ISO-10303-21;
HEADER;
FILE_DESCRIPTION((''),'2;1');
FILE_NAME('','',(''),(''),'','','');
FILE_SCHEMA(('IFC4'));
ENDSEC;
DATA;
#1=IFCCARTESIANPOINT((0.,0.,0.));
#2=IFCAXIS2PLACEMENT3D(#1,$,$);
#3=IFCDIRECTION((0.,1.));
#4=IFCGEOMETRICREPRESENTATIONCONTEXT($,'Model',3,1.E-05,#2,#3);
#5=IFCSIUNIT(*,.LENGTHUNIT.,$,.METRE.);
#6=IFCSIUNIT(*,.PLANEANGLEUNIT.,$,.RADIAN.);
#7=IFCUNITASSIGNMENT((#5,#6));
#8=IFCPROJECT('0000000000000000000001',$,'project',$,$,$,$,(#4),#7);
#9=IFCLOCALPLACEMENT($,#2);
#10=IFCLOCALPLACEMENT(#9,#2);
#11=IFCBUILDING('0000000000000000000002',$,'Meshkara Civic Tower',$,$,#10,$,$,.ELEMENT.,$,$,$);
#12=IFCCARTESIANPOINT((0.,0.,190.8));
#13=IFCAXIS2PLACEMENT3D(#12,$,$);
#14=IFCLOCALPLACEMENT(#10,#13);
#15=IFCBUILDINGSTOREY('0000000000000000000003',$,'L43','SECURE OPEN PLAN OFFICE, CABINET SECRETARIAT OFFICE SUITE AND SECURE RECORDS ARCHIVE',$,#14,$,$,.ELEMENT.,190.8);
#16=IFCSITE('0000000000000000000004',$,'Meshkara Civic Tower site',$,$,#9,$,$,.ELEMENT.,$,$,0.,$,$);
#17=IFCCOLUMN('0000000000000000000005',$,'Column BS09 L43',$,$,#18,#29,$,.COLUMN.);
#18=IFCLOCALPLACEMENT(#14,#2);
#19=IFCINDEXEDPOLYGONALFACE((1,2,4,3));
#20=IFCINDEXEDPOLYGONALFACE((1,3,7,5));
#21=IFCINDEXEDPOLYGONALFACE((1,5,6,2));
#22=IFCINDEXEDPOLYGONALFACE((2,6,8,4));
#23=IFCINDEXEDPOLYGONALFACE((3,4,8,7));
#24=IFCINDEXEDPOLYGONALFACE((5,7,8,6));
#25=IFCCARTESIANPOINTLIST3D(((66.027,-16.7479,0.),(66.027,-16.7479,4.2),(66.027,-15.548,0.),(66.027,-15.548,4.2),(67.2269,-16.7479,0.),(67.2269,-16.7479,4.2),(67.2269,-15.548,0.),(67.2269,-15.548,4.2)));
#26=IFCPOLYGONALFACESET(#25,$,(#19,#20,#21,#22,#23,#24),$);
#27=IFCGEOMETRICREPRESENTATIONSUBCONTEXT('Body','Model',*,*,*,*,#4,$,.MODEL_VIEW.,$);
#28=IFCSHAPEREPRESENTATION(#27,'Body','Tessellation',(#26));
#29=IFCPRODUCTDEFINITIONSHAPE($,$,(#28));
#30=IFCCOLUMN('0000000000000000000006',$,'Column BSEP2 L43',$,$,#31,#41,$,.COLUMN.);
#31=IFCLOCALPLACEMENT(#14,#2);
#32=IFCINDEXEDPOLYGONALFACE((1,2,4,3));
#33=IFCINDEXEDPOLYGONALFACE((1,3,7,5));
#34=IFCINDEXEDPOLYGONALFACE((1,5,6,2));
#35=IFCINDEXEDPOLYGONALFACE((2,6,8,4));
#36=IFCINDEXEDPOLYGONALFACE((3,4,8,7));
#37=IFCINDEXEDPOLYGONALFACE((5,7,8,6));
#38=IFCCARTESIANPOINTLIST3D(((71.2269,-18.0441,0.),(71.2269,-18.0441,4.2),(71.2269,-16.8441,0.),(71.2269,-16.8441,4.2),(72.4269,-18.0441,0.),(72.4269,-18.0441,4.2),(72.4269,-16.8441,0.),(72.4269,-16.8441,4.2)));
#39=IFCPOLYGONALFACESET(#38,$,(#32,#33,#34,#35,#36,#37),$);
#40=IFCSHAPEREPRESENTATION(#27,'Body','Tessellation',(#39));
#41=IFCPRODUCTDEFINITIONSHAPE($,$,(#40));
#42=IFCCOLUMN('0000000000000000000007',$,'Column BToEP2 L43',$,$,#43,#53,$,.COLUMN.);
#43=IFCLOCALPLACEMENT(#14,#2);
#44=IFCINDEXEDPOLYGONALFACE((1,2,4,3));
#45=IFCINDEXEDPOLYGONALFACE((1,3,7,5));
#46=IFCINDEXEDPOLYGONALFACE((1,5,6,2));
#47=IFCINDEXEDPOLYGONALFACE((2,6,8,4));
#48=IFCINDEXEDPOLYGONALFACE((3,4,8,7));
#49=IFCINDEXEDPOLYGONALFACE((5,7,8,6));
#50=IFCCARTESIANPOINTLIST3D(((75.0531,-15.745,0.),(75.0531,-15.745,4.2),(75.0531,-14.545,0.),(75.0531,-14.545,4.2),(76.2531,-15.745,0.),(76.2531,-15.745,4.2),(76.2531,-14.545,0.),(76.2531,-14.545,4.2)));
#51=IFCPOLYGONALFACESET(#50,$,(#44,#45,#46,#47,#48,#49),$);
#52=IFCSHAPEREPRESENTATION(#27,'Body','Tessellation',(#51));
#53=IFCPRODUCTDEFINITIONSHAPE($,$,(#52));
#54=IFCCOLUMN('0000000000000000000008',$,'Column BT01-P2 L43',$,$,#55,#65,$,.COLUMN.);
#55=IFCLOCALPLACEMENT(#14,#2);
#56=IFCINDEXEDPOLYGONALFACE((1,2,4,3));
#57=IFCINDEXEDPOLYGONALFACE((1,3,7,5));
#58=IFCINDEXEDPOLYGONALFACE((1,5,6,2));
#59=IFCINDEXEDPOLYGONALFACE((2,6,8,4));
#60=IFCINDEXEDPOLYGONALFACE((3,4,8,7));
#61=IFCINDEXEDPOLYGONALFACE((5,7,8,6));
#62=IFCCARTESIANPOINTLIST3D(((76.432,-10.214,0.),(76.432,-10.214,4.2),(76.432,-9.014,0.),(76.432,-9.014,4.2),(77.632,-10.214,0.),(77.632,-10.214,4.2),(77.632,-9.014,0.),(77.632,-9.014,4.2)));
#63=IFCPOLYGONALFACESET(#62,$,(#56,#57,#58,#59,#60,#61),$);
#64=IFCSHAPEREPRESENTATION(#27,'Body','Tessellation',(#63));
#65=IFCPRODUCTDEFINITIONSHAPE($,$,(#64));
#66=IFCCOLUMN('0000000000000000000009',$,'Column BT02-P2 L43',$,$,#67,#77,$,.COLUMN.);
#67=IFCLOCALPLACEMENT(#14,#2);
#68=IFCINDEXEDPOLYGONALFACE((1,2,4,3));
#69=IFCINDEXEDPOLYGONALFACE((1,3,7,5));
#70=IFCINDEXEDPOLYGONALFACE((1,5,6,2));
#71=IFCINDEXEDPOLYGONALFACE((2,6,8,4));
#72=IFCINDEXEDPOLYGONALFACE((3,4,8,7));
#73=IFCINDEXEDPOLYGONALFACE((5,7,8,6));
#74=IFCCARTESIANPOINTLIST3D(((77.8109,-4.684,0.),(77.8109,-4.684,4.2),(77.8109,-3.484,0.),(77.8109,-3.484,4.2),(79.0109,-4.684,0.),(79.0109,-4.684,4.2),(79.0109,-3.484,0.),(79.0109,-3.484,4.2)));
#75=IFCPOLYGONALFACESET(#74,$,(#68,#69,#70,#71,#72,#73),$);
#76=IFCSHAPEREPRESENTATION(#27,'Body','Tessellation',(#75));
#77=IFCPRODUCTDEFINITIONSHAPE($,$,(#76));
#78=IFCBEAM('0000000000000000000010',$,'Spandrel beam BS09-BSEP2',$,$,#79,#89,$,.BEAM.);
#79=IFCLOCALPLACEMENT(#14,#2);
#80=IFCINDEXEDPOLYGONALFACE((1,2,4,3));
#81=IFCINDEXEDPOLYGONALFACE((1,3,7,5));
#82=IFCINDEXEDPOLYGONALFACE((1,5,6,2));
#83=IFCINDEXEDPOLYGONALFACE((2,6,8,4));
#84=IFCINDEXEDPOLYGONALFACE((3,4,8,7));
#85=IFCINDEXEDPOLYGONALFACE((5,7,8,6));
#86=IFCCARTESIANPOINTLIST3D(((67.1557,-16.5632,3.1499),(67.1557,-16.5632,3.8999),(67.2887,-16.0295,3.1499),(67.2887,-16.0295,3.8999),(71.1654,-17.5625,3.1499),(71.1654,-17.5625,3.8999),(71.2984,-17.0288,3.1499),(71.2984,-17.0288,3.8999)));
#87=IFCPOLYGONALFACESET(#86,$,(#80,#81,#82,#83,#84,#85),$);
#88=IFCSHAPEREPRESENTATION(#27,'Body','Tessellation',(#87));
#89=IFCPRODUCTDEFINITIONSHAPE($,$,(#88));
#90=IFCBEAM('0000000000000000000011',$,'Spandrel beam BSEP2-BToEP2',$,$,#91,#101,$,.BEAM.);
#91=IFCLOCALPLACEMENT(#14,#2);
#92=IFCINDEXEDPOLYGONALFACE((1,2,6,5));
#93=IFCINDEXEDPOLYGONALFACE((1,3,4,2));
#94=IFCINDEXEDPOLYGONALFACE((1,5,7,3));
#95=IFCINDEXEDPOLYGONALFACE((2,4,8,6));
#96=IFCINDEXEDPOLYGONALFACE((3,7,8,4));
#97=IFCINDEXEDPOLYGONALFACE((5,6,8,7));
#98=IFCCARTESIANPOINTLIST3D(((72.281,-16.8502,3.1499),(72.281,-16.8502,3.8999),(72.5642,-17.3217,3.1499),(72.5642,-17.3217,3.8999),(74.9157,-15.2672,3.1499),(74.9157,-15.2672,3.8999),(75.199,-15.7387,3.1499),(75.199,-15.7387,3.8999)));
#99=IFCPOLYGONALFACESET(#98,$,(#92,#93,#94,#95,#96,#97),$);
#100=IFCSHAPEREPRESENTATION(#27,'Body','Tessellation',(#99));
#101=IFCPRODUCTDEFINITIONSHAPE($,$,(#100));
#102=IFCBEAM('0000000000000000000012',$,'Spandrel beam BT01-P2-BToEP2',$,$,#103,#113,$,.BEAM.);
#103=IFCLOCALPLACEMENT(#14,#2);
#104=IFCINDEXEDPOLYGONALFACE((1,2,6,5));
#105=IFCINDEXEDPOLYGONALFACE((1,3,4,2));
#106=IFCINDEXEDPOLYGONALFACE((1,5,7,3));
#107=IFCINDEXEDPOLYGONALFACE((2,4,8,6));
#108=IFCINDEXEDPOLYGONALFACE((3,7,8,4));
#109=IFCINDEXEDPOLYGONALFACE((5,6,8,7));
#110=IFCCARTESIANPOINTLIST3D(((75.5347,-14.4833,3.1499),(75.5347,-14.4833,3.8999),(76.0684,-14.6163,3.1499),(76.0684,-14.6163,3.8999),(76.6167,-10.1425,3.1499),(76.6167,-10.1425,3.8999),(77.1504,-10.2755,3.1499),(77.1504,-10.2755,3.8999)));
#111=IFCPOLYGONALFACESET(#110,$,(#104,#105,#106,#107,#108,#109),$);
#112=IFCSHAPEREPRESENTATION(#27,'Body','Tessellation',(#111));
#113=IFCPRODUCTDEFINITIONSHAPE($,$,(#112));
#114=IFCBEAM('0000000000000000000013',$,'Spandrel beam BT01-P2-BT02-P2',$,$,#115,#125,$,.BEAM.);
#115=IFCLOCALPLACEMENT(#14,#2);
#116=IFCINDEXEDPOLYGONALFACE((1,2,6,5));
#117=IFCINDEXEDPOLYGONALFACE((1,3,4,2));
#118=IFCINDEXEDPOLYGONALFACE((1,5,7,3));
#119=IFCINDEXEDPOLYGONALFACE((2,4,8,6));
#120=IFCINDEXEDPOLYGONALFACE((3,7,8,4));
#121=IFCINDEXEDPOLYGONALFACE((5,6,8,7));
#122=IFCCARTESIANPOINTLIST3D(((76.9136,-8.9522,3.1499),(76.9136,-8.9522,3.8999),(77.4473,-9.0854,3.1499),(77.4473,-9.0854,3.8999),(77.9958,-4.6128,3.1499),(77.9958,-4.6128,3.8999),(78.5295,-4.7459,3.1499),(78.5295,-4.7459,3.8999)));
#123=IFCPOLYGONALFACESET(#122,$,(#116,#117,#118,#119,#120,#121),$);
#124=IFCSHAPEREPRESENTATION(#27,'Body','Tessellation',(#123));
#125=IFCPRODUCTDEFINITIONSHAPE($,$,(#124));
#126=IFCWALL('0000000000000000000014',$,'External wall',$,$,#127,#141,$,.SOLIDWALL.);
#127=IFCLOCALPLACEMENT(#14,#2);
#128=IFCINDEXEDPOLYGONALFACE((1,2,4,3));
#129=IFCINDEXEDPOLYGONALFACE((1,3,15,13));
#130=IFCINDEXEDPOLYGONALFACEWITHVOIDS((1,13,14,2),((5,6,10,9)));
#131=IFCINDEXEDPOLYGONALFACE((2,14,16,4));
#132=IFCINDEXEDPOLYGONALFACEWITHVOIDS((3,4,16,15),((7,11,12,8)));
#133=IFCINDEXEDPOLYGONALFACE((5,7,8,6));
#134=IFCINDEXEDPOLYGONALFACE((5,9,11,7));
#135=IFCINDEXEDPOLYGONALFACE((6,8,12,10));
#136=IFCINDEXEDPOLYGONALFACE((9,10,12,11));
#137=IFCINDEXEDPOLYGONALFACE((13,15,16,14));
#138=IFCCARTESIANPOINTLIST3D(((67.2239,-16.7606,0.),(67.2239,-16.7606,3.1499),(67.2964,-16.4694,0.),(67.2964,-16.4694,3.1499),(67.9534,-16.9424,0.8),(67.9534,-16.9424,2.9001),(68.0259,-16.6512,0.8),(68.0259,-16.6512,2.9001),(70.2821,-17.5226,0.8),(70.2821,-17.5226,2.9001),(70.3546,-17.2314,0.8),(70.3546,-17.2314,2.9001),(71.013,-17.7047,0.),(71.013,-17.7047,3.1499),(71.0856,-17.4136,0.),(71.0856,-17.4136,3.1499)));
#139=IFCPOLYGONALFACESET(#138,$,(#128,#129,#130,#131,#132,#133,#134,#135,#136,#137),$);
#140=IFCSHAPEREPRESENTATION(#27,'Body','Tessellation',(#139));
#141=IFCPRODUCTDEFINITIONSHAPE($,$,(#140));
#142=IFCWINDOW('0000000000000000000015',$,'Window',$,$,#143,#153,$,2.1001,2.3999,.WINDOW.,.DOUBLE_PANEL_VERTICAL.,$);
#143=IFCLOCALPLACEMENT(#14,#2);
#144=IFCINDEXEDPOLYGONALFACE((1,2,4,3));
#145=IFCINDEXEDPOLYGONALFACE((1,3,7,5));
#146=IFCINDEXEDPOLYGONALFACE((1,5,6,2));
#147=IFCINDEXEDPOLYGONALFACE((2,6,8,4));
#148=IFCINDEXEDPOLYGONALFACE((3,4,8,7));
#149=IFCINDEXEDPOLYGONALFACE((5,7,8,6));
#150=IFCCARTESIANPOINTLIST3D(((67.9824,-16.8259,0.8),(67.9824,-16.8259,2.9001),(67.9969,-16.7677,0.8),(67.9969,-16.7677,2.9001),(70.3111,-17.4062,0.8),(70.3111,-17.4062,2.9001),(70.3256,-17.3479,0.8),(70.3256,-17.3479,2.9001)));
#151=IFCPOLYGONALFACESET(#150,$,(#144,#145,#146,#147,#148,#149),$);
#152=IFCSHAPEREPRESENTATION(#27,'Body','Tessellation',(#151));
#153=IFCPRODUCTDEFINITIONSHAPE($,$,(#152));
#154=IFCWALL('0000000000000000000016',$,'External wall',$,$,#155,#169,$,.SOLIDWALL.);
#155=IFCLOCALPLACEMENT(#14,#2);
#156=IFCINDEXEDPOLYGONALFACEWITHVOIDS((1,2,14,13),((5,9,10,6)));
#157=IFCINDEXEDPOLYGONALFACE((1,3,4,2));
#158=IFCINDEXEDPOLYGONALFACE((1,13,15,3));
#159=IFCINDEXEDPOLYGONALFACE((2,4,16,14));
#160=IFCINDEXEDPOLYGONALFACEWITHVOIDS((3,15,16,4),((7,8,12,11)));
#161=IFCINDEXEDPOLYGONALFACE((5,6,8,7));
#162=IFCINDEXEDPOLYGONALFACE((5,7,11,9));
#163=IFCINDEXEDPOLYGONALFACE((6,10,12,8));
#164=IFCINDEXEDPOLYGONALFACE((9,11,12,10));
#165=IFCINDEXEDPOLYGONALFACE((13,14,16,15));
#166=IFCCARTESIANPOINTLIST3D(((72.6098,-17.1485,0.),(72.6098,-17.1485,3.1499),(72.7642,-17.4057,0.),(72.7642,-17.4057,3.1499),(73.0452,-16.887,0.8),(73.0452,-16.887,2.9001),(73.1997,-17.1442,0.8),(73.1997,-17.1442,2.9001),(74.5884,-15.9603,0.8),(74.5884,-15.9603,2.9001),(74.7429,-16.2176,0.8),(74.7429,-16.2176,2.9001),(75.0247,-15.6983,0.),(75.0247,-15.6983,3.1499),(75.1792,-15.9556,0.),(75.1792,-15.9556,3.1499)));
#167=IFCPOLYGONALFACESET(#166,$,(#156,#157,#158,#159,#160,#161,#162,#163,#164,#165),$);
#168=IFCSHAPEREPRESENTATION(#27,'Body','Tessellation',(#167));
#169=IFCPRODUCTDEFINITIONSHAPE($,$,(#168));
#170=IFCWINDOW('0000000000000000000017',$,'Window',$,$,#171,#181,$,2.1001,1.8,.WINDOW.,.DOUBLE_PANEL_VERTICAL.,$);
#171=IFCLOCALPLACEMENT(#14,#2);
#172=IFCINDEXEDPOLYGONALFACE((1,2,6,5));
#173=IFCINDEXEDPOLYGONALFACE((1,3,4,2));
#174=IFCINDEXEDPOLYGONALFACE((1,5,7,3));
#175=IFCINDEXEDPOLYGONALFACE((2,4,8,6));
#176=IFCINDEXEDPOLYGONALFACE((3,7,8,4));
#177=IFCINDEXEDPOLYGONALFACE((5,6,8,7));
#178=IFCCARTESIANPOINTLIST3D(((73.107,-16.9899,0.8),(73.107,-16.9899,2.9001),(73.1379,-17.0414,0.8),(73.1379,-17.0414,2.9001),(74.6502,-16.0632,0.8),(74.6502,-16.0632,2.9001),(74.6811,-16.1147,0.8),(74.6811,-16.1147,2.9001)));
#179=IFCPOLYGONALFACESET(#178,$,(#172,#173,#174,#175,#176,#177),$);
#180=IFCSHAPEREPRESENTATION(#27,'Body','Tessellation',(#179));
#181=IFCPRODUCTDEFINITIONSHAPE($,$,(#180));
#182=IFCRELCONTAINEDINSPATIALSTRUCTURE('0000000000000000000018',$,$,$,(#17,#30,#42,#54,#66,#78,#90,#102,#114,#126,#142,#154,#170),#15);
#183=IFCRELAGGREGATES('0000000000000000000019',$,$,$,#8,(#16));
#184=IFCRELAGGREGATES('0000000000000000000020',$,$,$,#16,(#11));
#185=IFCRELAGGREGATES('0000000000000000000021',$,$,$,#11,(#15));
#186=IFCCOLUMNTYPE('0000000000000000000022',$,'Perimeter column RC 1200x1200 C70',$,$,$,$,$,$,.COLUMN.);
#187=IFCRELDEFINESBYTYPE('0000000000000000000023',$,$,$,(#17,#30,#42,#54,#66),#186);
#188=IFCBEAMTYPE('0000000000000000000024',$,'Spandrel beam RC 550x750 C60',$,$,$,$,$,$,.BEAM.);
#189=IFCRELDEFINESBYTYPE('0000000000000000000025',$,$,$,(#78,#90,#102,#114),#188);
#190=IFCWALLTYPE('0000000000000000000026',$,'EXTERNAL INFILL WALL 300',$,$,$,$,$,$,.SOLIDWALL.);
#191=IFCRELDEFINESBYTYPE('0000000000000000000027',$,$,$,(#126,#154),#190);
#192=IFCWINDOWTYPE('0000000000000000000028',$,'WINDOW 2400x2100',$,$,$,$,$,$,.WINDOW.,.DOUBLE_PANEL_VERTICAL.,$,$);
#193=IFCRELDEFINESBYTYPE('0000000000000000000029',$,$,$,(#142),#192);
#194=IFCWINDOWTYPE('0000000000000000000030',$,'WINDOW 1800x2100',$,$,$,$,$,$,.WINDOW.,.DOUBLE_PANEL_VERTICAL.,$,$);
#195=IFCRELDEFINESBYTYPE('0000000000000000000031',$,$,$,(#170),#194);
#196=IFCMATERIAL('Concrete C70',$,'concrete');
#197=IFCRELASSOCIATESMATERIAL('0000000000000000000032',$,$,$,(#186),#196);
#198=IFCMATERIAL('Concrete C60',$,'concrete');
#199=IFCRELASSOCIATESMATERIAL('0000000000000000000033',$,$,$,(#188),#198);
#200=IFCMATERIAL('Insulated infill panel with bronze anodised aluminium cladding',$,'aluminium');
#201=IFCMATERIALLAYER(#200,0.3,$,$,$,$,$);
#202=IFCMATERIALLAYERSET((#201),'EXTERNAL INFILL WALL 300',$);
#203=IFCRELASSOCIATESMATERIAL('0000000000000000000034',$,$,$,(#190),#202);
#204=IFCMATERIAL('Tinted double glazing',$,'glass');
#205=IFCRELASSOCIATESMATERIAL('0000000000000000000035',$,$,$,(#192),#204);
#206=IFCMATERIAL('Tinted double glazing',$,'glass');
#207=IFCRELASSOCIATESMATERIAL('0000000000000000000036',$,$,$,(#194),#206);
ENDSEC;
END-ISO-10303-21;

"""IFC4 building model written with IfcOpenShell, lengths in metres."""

from ifc_helpers import new_model, si_unit, direction, frame, frame_2d, origin, origin_2d, place, context, subcontext, project, spatial, rectangle, extrude, material, layer, layer_set, material_profile, profile_set, type_object, element, fill, save


model = new_model("IFC4")

# Units and contexts
model_context = context("Model", 3, precision=1e-05, world=origin(), true_north=direction((0.0, 1.0)))
body_context = subcontext(model_context, "Body", "Model", "MODEL_VIEW")
ifc_project = project(units=[si_unit("LENGTHUNIT", "METRE"), si_unit("PLANEANGLEUNIT", "RADIAN")], contexts=[model_context])

# Site, building, storey
site_placement = place(None, origin())
site = spatial("IfcSite", under=ifc_project, at=site_placement, Name="Meshkara Civic Tower site", CompositionType="ELEMENT", RefElevation=0.0)
building_placement = place(site_placement, origin())
building = spatial("IfcBuilding", under=site, at=building_placement, Name="Meshkara Civic Tower", CompositionType="ELEMENT")
storey_placement = place(building_placement, frame((0.0, 0.0, 190.8)))
storey = spatial("IfcBuildingStorey", under=building, at=storey_placement, Name="L43", Description="SECURE OPEN PLAN OFFICE, CABINET SECRETARIAT OFFICE SUITE AND SECURE RECORDS ARCHIVE", CompositionType="ELEMENT", Elevation=190.8)

# Columns
ifc_material_1 = material(Name="Concrete C70", Category="concrete")
ifc_material_profile_1 = material_profile(ifc_material_1, rectangle(XDim=1.2, YDim=1.2, at=origin_2d()))
ifc_profile_set_1 = profile_set([ifc_material_profile_1], Name="Concrete C70")
column_type = type_object("IfcColumnType", Name="Perimeter column RC 1200x1200 C70", PredefinedType="COLUMN", material=ifc_profile_set_1)
for number, where, z_axis, x_axis, name in (
    (1, (66.627, -16.1479, 0.0), (0.0, 0.0, 1.0), (1.0, 0.0, 0.0), "Column BS09 L43"),
    (2, (71.8269, -17.4441, 0.0), (0.0, 0.0, 1.0), (1.0, 0.0, 0.0), "Column BSEP2 L43"),
    (3, (75.6531, -15.145, 0.0), (0.0, 0.0, 1.0), (1.0, 0.0, 0.0), "Column BToEP2 L43"),
    (4, (77.032, -9.614, 0.0), (0.0, 0.0, 1.0), (1.0, 0.0, 0.0), "Column BT01-P2 L43"),
    (5, (78.4109, -4.084, 0.0), (0.0, 0.0, 1.0), (1.0, 0.0, 0.0), "Column BT02-P2 L43"),
):
    element("IfcColumn", number, at=place(storey_placement, frame(where, z_axis=z_axis, x_axis=x_axis)), inside=storey, type_object=column_type, Name=name, PredefinedType="COLUMN", context=body_context, shape_type="SweptSolid", body=[
        extrude(rectangle(XDim=1.2, YDim=1.2, at=origin_2d()), origin(), (0.0, 0.0, 1.0), 4.2),
    ])

# Beams
ifc_material_2 = material(Name="Concrete C60", Category="concrete")
ifc_material_profile_2 = material_profile(ifc_material_2, rectangle(XDim=0.55, YDim=0.75, at=origin_2d()))
ifc_profile_set_2 = profile_set([ifc_material_profile_2], Name="Concrete C60")
beam_type = type_object("IfcBeamType", Name="Spandrel beam RC 550x750 C60", PredefinedType="BEAM", material=ifc_profile_set_2)
beam_1_placement = place(storey_placement, frame((67.2222, -16.2964, 3.5249), z_axis=(0.970323, -0.241813, 0.0), x_axis=(0.241813, 0.970323, 0.0)))
element("IfcBeam", 6, at=beam_1_placement, inside=storey, type_object=beam_type, Name="Spandrel beam BS09-BSEP2", PredefinedType="BEAM", context=body_context, shape_type="SweptSolid", body=[
    extrude(rectangle(XDim=0.55, YDim=0.75, at=origin_2d()), origin(), (0.0, 0.0, 1.0), 4.1323),
])
beam_2_placement = place(storey_placement, frame((72.4226, -17.0859, 3.5249), z_axis=(0.857184, 0.51501, 0.0), x_axis=(-0.51501, 0.857184, 0.0)))
element("IfcBeam", 7, at=beam_2_placement, inside=storey, type_object=beam_type, Name="Spandrel beam BSEP2-BToEP2", PredefinedType="BEAM", context=body_context, shape_type="SweptSolid", body=[
    extrude(rectangle(XDim=0.55, YDim=0.75, at=origin_2d()), origin(), (0.0, 0.0, 1.0), 3.0737),
])
beam_3_placement = place(storey_placement, frame((75.8015, -14.5498, 3.5249), z_axis=(0.241868, 0.970309, 0.0), x_axis=(-0.970309, 0.241868, 0.0)))
element("IfcBeam", 8, at=beam_3_placement, inside=storey, type_object=beam_type, Name="Spandrel beam BT01-P2-BToEP2", PredefinedType="BEAM", context=body_context, shape_type="SweptSolid", body=[
    extrude(rectangle(XDim=0.55, YDim=0.75, at=origin_2d()), origin(), (0.0, 0.0, 1.0), 4.4736),
])
beam_4_placement = place(storey_placement, frame((77.1804, -9.0188, 3.5249), z_axis=(0.241983, 0.97028, 0.0), x_axis=(-0.97028, 0.241983, 0.0)))
element("IfcBeam", 9, at=beam_4_placement, inside=storey, type_object=beam_type, Name="Spandrel beam BT01-P2-BT02-P2", PredefinedType="BEAM", context=body_context, shape_type="SweptSolid", body=[
    extrude(rectangle(XDim=0.55, YDim=0.75, at=origin_2d()), origin(), (0.0, 0.0, 1.0), 4.4724),
])

# Walls, openings, windows
ifc_material_3 = material(Name="Insulated infill panel with bronze anodised aluminium cladding", Category="aluminium")
ifc_layer_1 = layer(ifc_material_3, 0.3)
ifc_layer_set_1 = layer_set([ifc_layer_1], Name="EXTERNAL INFILL WALL 300")
wall_type_1 = type_object("IfcWallType", Name="EXTERNAL INFILL WALL 300", PredefinedType="SOLIDWALL", material=ifc_layer_set_1)
wall_1_placement = place(storey_placement, frame((67.26, -16.615, 0.0), z_axis=(0.0, 0.0, 1.0), x_axis=(0.970333, -0.241771, 0.0)))
wall_1 = element("IfcWall", 10, at=wall_1_placement, inside=storey, type_object=wall_type_1, Name="External wall", PredefinedType="SOLIDWALL", context=body_context, shape_type="SweptSolid", body=[
    extrude(rectangle(XDim=3.905, YDim=0.3, at=frame_2d((1.9526, 0.0))), origin(), (0.0, 0.0, 1.0), 3.1499),
])
opening_1_placement = place(wall_1_placement, frame((0.752, 0.0, 0.8)))
opening_1 = element("IfcOpeningElement", 11, at=opening_1_placement, cuts=wall_1, PredefinedType="OPENING", context=body_context, shape_type="SweptSolid", body=[
    extrude(rectangle(XDim=2.3999, YDim=2.1001, at=frame_2d((1.2, 1.05))), frame((0.0, 0.1599, 0.0), z_axis=(0.0, -1.0, 0.0), x_axis=(1.0, 0.0, 0.0)), (0.0, 0.0, 1.0), 0.3201),
])
ifc_material_4 = material(Name="Tinted double glazing", Category="glass")
window_type_1 = type_object("IfcWindowType", Name="WINDOW 2400x2100", PartitioningType="DOUBLE_PANEL_VERTICAL", PredefinedType="WINDOW", material=ifc_material_4)
window_1_placement = place(opening_1_placement, origin())
window_1 = element("IfcWindow", 12, at=window_1_placement, inside=storey, type_object=window_type_1, Name="Window", OverallHeight=2.1001, OverallWidth=2.3999, PartitioningType="DOUBLE_PANEL_VERTICAL", PredefinedType="WINDOW", context=body_context, shape_type="SweptSolid", body=[
    extrude(rectangle(XDim=2.3999, YDim=2.1001, at=frame_2d((1.2, 1.05))), frame((0.0, 0.03, 0.0), z_axis=(0.0, -1.0, 0.0), x_axis=(1.0, 0.0, 0.0)), (0.0, 0.0, 1.0), 0.0601),
])
fill(opening_1, window_1)
wall_2_placement = place(storey_placement, frame((72.687, -17.2771, 0.0), z_axis=(0.0, 0.0, 1.0), x_axis=(0.857309, 0.514802, 0.0)))
wall_2 = element("IfcWall", 13, at=wall_2_placement, inside=storey, type_object=wall_type_1, Name="External wall", PredefinedType="SOLIDWALL", context=body_context, shape_type="SweptSolid", body=[
    extrude(rectangle(XDim=2.8169, YDim=0.3, at=frame_2d((1.4084, 0.0))), origin(), (0.0, 0.0, 1.0), 3.1499),
])
opening_2_placement = place(wall_2_placement, frame((0.5081, 0.0, 0.8)))
opening_2 = element("IfcOpeningElement", 14, at=opening_2_placement, cuts=wall_2, PredefinedType="OPENING", context=body_context, shape_type="SweptSolid", body=[
    extrude(rectangle(XDim=1.8, YDim=2.1001, at=frame_2d((0.8999, 1.05))), frame((0.0, 0.1599, 0.0), z_axis=(0.0, -1.0, 0.0), x_axis=(1.0, 0.0, 0.0)), (0.0, 0.0, 1.0), 0.3201),
])
ifc_material_5 = material(Name="Tinted double glazing", Category="glass")
window_type_2 = type_object("IfcWindowType", Name="WINDOW 1800x2100", PartitioningType="DOUBLE_PANEL_VERTICAL", PredefinedType="WINDOW", material=ifc_material_5)
window_2_placement = place(opening_2_placement, origin())
window_2 = element("IfcWindow", 15, at=window_2_placement, inside=storey, type_object=window_type_2, Name="Window", OverallHeight=2.1001, OverallWidth=1.8, PartitioningType="DOUBLE_PANEL_VERTICAL", PredefinedType="WINDOW", context=body_context, shape_type="SweptSolid", body=[
    extrude(rectangle(XDim=1.8, YDim=2.1001, at=frame_2d((0.8999, 1.05))), frame((0.0, 0.03, 0.0), z_axis=(0.0, -1.0, 0.0), x_axis=(1.0, 0.0, 0.0)), (0.0, 0.0, 1.0), 0.0601),
])
fill(opening_2, window_2)

save(model, "model.ifc")
